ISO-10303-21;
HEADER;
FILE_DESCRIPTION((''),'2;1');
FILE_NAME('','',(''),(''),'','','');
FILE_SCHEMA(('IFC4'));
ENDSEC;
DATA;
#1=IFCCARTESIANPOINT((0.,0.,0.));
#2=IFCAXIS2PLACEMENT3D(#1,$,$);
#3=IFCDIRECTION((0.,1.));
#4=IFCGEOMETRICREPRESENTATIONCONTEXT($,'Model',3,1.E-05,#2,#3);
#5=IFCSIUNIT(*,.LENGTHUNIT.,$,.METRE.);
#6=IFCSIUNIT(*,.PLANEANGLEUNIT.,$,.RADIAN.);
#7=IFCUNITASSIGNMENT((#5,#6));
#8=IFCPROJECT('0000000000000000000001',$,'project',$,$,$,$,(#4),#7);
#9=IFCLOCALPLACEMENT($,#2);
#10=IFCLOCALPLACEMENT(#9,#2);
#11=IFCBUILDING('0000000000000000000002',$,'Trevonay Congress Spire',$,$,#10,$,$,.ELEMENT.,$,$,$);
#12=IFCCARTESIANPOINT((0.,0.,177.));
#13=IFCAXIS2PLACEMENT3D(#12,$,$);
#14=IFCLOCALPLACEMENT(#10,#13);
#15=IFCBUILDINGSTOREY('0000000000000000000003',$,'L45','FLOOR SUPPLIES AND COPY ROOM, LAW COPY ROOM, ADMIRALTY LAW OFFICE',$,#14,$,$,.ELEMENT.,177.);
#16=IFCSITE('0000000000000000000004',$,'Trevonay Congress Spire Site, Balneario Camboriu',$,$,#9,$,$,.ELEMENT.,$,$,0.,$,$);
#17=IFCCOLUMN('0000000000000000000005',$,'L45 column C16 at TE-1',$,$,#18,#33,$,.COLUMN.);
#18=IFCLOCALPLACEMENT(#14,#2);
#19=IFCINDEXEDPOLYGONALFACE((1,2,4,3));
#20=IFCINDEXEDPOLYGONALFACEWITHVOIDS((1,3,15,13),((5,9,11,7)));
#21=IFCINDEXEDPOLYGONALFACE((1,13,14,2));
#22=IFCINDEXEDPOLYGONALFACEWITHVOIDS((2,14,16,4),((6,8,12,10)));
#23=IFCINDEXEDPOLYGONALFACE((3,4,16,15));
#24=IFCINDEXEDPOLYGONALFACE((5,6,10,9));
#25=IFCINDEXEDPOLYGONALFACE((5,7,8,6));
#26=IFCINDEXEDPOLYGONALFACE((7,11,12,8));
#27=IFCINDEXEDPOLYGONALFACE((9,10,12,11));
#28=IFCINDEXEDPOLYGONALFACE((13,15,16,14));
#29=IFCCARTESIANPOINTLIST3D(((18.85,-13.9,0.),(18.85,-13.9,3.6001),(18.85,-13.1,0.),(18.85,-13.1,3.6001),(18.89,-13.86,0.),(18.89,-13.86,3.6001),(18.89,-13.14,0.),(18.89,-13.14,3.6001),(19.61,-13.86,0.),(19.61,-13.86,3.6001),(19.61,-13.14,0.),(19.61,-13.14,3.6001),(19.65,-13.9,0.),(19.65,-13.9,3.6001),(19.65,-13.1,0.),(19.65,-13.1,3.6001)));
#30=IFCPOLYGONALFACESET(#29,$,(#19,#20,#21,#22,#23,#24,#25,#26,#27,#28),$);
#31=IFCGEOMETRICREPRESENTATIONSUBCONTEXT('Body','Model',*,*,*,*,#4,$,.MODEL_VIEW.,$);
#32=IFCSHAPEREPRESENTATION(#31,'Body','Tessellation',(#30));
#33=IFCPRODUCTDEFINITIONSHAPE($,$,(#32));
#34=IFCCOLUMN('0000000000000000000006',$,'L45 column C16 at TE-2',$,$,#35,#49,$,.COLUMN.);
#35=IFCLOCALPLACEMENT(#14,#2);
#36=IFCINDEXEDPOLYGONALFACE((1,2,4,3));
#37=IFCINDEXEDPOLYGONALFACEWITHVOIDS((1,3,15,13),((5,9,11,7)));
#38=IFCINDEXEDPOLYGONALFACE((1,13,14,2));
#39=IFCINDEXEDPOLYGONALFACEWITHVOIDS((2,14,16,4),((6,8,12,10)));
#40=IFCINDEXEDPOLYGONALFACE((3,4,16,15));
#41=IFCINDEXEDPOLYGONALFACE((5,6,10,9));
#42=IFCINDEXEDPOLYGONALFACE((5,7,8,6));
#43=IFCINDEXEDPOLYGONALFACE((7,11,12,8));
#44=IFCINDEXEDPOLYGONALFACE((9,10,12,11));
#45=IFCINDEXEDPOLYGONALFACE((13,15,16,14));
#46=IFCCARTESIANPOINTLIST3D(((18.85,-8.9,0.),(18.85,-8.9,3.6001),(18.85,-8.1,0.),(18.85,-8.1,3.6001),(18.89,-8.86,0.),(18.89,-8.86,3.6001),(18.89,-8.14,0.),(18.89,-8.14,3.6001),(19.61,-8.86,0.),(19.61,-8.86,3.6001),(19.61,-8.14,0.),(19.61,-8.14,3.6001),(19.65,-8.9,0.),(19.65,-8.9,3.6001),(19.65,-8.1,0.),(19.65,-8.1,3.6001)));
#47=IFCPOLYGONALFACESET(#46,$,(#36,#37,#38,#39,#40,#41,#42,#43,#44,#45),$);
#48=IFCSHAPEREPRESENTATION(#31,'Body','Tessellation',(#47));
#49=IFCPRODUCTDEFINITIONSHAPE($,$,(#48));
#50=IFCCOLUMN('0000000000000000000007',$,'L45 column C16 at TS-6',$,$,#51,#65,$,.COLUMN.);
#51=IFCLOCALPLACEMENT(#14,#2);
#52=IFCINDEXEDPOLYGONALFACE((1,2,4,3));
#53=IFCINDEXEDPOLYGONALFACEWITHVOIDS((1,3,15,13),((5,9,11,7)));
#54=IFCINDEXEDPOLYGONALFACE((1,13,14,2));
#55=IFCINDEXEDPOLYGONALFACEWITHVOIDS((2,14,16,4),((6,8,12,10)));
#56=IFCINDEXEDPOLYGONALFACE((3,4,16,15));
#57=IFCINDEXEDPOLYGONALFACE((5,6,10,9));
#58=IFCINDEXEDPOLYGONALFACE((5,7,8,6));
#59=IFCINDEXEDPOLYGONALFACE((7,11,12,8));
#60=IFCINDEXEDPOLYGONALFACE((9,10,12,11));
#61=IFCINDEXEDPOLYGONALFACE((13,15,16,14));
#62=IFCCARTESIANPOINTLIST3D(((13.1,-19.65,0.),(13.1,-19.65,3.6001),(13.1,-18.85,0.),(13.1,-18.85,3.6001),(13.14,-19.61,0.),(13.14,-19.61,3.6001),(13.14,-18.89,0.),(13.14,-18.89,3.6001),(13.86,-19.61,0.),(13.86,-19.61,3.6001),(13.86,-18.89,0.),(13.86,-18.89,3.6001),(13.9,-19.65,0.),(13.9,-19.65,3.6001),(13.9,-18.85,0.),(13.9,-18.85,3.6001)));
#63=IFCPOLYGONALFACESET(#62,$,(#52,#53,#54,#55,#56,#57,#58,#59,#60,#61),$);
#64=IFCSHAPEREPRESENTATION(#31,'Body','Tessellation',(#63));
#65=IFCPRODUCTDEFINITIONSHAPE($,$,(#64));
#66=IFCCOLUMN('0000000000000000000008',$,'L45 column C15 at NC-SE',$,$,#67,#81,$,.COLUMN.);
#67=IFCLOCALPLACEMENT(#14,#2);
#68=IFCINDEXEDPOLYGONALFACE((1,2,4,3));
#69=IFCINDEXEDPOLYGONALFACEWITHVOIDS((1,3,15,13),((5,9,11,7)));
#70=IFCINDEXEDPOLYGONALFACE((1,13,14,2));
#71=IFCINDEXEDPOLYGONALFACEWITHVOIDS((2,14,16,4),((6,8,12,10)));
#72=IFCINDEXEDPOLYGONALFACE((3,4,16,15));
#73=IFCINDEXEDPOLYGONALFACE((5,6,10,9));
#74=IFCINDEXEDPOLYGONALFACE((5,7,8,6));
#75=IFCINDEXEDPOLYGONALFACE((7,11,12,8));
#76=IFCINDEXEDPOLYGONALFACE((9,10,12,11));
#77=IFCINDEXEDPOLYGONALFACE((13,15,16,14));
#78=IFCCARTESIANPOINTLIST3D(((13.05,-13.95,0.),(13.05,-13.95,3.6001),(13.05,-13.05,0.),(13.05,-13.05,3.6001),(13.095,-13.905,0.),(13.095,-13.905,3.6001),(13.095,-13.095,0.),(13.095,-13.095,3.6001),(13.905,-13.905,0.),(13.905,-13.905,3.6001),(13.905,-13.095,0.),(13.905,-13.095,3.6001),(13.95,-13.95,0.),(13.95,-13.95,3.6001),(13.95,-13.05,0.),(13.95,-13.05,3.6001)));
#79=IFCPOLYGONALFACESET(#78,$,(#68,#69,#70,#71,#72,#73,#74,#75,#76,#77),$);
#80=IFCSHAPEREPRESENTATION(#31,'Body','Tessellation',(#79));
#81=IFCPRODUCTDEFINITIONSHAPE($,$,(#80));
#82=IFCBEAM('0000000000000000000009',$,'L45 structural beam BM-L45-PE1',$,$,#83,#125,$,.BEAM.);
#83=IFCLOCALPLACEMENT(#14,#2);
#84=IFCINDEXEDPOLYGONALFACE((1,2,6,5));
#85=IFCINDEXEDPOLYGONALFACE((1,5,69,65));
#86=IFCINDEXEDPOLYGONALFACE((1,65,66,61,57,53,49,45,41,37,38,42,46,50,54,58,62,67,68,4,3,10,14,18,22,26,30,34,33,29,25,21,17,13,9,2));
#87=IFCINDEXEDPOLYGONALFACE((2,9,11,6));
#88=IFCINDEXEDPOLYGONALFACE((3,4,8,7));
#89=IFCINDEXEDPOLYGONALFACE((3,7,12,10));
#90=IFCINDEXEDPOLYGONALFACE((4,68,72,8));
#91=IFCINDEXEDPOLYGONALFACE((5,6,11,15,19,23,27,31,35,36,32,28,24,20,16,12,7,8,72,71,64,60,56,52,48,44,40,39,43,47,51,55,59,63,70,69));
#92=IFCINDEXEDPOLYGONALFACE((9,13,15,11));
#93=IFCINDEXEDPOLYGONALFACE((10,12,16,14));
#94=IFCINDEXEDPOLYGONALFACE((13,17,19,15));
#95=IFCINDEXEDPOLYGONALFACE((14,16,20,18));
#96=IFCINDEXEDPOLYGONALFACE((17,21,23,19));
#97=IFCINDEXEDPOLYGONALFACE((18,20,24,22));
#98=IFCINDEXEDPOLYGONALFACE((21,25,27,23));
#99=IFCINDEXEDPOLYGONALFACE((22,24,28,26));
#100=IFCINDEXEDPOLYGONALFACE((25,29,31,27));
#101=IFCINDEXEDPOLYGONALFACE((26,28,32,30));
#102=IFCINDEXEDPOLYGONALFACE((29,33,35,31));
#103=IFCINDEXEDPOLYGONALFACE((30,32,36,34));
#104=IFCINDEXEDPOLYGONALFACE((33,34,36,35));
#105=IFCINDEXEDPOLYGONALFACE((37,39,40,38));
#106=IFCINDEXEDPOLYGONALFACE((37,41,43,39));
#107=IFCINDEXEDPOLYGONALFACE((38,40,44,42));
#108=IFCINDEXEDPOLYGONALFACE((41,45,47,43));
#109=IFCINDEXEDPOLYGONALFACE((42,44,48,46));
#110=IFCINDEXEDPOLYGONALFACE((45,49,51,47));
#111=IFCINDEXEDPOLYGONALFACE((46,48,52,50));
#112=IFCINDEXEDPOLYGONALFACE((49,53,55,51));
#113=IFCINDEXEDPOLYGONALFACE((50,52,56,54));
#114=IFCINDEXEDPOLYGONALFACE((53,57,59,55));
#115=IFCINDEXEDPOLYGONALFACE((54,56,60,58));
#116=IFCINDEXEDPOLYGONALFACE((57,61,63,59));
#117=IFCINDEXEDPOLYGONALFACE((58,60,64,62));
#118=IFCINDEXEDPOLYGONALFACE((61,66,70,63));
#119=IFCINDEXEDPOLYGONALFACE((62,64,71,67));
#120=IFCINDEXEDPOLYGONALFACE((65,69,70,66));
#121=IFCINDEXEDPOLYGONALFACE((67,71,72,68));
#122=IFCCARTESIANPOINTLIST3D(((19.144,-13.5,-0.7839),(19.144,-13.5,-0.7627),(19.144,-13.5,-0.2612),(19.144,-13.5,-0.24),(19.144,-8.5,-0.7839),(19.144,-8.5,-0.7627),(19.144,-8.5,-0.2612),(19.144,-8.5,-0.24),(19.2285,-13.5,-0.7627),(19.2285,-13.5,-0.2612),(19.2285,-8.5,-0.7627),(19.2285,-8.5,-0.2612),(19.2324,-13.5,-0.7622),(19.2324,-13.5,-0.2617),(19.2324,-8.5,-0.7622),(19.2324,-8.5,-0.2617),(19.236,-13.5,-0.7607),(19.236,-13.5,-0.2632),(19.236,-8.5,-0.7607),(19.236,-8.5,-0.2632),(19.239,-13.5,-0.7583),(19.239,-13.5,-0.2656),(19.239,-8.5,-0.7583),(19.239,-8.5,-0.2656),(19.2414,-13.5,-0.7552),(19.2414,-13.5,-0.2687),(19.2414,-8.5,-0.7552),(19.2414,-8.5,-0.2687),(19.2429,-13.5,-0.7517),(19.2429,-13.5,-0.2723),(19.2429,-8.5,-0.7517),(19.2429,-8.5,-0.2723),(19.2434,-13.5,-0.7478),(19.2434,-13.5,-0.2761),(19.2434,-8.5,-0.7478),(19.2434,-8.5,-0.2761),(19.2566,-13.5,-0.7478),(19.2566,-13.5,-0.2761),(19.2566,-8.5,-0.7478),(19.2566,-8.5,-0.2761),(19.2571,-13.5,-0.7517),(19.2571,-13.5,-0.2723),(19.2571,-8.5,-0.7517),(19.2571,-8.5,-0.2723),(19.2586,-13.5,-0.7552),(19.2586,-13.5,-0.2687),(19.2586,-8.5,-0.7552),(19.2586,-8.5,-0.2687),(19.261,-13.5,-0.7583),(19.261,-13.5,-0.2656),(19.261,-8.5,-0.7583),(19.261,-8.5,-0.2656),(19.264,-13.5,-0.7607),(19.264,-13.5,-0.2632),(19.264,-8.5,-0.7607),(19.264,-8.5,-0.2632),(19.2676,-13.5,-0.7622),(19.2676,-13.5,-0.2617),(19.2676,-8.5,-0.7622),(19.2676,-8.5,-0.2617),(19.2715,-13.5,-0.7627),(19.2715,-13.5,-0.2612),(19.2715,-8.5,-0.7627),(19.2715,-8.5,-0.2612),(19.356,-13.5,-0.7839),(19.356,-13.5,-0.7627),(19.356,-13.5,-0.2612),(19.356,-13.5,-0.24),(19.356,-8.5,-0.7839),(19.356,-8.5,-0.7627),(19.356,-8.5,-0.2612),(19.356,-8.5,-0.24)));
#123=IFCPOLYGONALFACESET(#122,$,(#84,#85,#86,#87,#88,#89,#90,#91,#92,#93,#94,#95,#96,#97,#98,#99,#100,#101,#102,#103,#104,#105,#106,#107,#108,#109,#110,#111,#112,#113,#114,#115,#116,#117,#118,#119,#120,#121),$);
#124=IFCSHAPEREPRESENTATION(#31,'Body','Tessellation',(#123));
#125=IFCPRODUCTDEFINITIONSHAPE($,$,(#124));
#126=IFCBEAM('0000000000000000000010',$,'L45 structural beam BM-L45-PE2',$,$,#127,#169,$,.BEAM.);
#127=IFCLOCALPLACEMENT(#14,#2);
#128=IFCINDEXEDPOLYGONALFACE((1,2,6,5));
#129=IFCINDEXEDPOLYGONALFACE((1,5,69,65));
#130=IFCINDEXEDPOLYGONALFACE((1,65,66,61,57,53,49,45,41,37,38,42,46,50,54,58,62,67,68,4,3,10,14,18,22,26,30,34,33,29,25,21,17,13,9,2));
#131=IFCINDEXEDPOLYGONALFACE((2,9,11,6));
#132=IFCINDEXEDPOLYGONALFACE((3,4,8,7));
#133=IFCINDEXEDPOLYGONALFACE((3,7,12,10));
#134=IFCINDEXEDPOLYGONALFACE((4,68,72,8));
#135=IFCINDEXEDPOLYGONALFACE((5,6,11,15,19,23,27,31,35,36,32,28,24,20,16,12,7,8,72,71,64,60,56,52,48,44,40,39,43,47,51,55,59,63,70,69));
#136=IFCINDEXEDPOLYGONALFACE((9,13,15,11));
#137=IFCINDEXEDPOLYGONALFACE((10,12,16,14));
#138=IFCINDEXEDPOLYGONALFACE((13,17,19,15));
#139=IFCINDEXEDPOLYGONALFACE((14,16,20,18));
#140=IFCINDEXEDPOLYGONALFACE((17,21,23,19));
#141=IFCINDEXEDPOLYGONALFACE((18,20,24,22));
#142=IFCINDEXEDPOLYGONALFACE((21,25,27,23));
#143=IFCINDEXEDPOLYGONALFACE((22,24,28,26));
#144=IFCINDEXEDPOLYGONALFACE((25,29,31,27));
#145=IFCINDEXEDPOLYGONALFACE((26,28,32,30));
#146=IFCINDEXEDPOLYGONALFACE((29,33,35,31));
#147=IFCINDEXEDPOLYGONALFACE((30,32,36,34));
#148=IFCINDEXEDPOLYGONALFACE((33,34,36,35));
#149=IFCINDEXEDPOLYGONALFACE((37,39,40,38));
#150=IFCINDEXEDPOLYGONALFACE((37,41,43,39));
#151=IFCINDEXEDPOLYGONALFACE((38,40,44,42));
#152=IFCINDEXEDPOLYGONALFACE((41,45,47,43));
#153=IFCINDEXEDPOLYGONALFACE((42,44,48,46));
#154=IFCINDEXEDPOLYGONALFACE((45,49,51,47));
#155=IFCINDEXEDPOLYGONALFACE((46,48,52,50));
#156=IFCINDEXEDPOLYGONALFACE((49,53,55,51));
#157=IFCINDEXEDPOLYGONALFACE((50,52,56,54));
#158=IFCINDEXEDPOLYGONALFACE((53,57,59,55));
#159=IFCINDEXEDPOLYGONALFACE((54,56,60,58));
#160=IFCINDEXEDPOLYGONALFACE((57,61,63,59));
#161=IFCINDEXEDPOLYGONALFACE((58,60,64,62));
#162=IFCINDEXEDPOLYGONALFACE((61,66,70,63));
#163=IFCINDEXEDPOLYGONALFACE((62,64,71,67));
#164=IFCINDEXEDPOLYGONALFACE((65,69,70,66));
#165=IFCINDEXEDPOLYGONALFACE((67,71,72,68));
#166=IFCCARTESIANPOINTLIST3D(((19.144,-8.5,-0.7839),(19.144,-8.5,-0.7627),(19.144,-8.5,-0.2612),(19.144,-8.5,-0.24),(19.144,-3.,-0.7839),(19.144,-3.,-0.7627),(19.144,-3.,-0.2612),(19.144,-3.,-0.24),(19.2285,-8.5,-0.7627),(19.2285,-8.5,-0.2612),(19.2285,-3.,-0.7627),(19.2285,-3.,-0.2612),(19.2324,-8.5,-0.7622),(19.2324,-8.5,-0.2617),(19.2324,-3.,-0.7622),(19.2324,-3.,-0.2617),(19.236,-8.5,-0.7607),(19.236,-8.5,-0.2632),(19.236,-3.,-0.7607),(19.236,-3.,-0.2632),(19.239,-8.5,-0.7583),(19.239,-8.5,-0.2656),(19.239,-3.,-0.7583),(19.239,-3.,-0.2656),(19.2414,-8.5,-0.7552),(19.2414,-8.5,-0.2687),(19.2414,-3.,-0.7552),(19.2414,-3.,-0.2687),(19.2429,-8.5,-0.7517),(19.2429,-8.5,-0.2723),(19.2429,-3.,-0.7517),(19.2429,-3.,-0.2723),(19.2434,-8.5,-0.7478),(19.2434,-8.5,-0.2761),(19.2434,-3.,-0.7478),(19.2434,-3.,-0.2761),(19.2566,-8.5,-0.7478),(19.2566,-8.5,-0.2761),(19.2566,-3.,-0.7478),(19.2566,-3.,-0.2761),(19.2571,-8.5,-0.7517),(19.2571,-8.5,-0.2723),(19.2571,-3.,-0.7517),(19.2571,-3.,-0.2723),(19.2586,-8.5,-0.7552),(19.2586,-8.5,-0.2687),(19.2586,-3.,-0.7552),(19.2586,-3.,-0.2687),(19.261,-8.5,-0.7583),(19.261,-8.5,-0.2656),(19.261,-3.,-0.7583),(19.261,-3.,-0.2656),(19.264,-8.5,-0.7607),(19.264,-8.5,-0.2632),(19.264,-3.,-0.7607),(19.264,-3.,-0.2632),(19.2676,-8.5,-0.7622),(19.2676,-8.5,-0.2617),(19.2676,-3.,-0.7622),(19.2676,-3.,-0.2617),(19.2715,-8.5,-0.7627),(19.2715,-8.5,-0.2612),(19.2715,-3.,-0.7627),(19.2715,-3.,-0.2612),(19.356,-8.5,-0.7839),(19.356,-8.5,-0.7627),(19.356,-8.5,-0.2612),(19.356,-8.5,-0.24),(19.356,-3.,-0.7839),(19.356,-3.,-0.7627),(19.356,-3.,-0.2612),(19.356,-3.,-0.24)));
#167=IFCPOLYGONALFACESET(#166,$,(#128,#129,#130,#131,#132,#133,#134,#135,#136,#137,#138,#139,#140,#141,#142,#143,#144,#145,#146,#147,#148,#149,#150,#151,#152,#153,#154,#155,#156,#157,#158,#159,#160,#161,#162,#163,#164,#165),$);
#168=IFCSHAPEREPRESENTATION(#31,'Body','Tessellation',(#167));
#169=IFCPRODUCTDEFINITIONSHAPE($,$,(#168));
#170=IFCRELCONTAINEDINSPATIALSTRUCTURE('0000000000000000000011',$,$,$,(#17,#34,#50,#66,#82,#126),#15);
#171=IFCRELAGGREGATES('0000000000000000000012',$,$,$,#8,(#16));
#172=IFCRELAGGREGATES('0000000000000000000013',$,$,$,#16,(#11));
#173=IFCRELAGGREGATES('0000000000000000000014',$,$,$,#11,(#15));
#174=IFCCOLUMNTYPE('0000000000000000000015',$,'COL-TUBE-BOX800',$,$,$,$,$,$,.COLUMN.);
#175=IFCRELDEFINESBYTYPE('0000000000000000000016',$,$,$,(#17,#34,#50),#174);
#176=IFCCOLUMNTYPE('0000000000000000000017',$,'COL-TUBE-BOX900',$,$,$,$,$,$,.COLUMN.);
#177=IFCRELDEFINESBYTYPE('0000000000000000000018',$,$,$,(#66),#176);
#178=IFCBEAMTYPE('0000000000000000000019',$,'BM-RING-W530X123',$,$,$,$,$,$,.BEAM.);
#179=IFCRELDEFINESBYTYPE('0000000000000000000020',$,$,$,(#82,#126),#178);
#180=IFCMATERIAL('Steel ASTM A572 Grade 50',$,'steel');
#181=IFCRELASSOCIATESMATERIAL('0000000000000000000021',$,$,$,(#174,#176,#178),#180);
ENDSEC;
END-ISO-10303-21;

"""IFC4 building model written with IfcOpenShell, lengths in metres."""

from ifc_helpers import new_model, si_unit, direction, frame, origin, origin_2d, place, context, subcontext, project, spatial, hollow_rectangle, i_section, extrude, material, material_profile, profile_set, type_object, element, save


model = new_model("IFC4")

# Units and contexts
model_context = context("Model", 3, precision=1e-05, world=origin(), true_north=direction((0.0, 1.0)))
body_context = subcontext(model_context, "Body", "Model", "MODEL_VIEW")
ifc_project = project(units=[si_unit("LENGTHUNIT", "METRE"), si_unit("PLANEANGLEUNIT", "RADIAN")], contexts=[model_context])

# Site, building, storey
site_placement = place(None, origin())
site = spatial("IfcSite", under=ifc_project, at=site_placement, Name="Trevonay Congress Spire Site, Balneario Camboriu", CompositionType="ELEMENT", RefElevation=0.0)
building_placement = place(site_placement, origin())
building = spatial("IfcBuilding", under=site, at=building_placement, Name="Trevonay Congress Spire", CompositionType="ELEMENT")
storey_placement = place(building_placement, frame((0.0, 0.0, 177.0)))
storey = spatial("IfcBuildingStorey", under=building, at=storey_placement, Name="L45", Description="FLOOR SUPPLIES AND COPY ROOM, LAW COPY ROOM, ADMIRALTY LAW OFFICE", CompositionType="ELEMENT", Elevation=177.0)

# Columns
ifc_material_1 = material(Name="Steel ASTM A572 Grade 50", Category="steel")
ifc_material_profile_1 = material_profile(ifc_material_1, hollow_rectangle(XDim=0.8, YDim=0.8, WallThickness=0.04, at=origin_2d()), Name="BOX 800x800x40")
ifc_profile_set_1 = profile_set([ifc_material_profile_1], Name="Steel ASTM A572 Grade 50")
column_type_1 = type_object("IfcColumnType", Name="COL-TUBE-BOX800", PredefinedType="COLUMN", material=ifc_profile_set_1)
for number, where, z_axis, x_axis, name in (
    (1, (19.25, -13.5, 0.0), (0.0, 0.0, 1.0), (1.0, 0.0, 0.0), "L45 column C16 at TE-1"),
    (2, (19.25, -8.5, 0.0), (0.0, 0.0, 1.0), (1.0, 0.0, 0.0), "L45 column C16 at TE-2"),
    (3, (13.5, -19.25, 0.0), (0.0, 0.0, 1.0), (1.0, 0.0, 0.0), "L45 column C16 at TS-6"),
):
    element("IfcColumn", number, at=place(storey_placement, frame(where, z_axis=z_axis, x_axis=x_axis)), inside=storey, type_object=column_type_1, Name=name, PredefinedType="COLUMN", context=body_context, shape_type="SweptSolid", body=[
        extrude(hollow_rectangle(XDim=0.8, YDim=0.8, WallThickness=0.04, at=origin_2d()), origin(), (0.0, 0.0, 1.0), 3.6001),
    ])
ifc_material_profile_2 = material_profile(ifc_material_1, hollow_rectangle(XDim=0.8999, YDim=0.8999, WallThickness=0.0449, at=origin_2d()), Name="BOX 900x900x45")
ifc_profile_set_2 = profile_set([ifc_material_profile_2], Name="Steel ASTM A572 Grade 50")
column_type_2 = type_object("IfcColumnType", Name="COL-TUBE-BOX900", PredefinedType="COLUMN", material=ifc_profile_set_2)
column_placement = place(storey_placement, frame((13.5, -13.5, 0.0), z_axis=(0.0, 0.0, 1.0), x_axis=(1.0, 0.0, 0.0)))
element("IfcColumn", 4, at=column_placement, inside=storey, type_object=column_type_2, Name="L45 column C15 at NC-SE", PredefinedType="COLUMN", context=body_context, shape_type="SweptSolid", body=[
    extrude(hollow_rectangle(XDim=0.8999, YDim=0.8999, WallThickness=0.0449, at=origin_2d()), origin(), (0.0, 0.0, 1.0), 3.6001),
])

# Beams
ifc_material_profile_3 = material_profile(ifc_material_1, i_section(OverallWidth=0.2119, OverallDepth=0.5439, WebThickness=0.0132, FlangeThickness=0.0212, FilletRadius=0.0149, at=origin_2d()), Name="W530x123")
ifc_profile_set_3 = profile_set([ifc_material_profile_3], Name="Steel ASTM A572 Grade 50")
beam_type_1 = type_object("IfcBeamType", Name="BM-RING-W530X123", PredefinedType="BEAM", material=ifc_profile_set_3)
beam_1_placement = place(storey_placement, frame((19.25, -13.5, -0.512), z_axis=(0.0, 1.0, 0.0), x_axis=(-1.0, 0.0, 0.0)))
element("IfcBeam", 5, at=beam_1_placement, inside=storey, type_object=beam_type_1, Name="L45 structural beam BM-L45-PE1", PredefinedType="BEAM", context=body_context, shape_type="SweptSolid", body=[
    extrude(i_section(OverallWidth=0.2119, OverallDepth=0.5439, WebThickness=0.0132, FlangeThickness=0.0212, FilletRadius=0.0149, at=origin_2d()), origin(), (0.0, 0.0, 1.0), 5.0),
])
beam_2_placement = place(storey_placement, frame((19.25, -8.5, -0.512), z_axis=(0.0, 1.0, 0.0), x_axis=(-1.0, 0.0, 0.0)))
element("IfcBeam", 6, at=beam_2_placement, inside=storey, type_object=beam_type_1, Name="L45 structural beam BM-L45-PE2", PredefinedType="BEAM", context=body_context, shape_type="SweptSolid", body=[
    extrude(i_section(OverallWidth=0.2119, OverallDepth=0.5439, WebThickness=0.0132, FlangeThickness=0.0212, FilletRadius=0.0149, at=origin_2d()), origin(), (0.0, 0.0, 1.0), 5.5),
])

save(model, "model.ifc")
